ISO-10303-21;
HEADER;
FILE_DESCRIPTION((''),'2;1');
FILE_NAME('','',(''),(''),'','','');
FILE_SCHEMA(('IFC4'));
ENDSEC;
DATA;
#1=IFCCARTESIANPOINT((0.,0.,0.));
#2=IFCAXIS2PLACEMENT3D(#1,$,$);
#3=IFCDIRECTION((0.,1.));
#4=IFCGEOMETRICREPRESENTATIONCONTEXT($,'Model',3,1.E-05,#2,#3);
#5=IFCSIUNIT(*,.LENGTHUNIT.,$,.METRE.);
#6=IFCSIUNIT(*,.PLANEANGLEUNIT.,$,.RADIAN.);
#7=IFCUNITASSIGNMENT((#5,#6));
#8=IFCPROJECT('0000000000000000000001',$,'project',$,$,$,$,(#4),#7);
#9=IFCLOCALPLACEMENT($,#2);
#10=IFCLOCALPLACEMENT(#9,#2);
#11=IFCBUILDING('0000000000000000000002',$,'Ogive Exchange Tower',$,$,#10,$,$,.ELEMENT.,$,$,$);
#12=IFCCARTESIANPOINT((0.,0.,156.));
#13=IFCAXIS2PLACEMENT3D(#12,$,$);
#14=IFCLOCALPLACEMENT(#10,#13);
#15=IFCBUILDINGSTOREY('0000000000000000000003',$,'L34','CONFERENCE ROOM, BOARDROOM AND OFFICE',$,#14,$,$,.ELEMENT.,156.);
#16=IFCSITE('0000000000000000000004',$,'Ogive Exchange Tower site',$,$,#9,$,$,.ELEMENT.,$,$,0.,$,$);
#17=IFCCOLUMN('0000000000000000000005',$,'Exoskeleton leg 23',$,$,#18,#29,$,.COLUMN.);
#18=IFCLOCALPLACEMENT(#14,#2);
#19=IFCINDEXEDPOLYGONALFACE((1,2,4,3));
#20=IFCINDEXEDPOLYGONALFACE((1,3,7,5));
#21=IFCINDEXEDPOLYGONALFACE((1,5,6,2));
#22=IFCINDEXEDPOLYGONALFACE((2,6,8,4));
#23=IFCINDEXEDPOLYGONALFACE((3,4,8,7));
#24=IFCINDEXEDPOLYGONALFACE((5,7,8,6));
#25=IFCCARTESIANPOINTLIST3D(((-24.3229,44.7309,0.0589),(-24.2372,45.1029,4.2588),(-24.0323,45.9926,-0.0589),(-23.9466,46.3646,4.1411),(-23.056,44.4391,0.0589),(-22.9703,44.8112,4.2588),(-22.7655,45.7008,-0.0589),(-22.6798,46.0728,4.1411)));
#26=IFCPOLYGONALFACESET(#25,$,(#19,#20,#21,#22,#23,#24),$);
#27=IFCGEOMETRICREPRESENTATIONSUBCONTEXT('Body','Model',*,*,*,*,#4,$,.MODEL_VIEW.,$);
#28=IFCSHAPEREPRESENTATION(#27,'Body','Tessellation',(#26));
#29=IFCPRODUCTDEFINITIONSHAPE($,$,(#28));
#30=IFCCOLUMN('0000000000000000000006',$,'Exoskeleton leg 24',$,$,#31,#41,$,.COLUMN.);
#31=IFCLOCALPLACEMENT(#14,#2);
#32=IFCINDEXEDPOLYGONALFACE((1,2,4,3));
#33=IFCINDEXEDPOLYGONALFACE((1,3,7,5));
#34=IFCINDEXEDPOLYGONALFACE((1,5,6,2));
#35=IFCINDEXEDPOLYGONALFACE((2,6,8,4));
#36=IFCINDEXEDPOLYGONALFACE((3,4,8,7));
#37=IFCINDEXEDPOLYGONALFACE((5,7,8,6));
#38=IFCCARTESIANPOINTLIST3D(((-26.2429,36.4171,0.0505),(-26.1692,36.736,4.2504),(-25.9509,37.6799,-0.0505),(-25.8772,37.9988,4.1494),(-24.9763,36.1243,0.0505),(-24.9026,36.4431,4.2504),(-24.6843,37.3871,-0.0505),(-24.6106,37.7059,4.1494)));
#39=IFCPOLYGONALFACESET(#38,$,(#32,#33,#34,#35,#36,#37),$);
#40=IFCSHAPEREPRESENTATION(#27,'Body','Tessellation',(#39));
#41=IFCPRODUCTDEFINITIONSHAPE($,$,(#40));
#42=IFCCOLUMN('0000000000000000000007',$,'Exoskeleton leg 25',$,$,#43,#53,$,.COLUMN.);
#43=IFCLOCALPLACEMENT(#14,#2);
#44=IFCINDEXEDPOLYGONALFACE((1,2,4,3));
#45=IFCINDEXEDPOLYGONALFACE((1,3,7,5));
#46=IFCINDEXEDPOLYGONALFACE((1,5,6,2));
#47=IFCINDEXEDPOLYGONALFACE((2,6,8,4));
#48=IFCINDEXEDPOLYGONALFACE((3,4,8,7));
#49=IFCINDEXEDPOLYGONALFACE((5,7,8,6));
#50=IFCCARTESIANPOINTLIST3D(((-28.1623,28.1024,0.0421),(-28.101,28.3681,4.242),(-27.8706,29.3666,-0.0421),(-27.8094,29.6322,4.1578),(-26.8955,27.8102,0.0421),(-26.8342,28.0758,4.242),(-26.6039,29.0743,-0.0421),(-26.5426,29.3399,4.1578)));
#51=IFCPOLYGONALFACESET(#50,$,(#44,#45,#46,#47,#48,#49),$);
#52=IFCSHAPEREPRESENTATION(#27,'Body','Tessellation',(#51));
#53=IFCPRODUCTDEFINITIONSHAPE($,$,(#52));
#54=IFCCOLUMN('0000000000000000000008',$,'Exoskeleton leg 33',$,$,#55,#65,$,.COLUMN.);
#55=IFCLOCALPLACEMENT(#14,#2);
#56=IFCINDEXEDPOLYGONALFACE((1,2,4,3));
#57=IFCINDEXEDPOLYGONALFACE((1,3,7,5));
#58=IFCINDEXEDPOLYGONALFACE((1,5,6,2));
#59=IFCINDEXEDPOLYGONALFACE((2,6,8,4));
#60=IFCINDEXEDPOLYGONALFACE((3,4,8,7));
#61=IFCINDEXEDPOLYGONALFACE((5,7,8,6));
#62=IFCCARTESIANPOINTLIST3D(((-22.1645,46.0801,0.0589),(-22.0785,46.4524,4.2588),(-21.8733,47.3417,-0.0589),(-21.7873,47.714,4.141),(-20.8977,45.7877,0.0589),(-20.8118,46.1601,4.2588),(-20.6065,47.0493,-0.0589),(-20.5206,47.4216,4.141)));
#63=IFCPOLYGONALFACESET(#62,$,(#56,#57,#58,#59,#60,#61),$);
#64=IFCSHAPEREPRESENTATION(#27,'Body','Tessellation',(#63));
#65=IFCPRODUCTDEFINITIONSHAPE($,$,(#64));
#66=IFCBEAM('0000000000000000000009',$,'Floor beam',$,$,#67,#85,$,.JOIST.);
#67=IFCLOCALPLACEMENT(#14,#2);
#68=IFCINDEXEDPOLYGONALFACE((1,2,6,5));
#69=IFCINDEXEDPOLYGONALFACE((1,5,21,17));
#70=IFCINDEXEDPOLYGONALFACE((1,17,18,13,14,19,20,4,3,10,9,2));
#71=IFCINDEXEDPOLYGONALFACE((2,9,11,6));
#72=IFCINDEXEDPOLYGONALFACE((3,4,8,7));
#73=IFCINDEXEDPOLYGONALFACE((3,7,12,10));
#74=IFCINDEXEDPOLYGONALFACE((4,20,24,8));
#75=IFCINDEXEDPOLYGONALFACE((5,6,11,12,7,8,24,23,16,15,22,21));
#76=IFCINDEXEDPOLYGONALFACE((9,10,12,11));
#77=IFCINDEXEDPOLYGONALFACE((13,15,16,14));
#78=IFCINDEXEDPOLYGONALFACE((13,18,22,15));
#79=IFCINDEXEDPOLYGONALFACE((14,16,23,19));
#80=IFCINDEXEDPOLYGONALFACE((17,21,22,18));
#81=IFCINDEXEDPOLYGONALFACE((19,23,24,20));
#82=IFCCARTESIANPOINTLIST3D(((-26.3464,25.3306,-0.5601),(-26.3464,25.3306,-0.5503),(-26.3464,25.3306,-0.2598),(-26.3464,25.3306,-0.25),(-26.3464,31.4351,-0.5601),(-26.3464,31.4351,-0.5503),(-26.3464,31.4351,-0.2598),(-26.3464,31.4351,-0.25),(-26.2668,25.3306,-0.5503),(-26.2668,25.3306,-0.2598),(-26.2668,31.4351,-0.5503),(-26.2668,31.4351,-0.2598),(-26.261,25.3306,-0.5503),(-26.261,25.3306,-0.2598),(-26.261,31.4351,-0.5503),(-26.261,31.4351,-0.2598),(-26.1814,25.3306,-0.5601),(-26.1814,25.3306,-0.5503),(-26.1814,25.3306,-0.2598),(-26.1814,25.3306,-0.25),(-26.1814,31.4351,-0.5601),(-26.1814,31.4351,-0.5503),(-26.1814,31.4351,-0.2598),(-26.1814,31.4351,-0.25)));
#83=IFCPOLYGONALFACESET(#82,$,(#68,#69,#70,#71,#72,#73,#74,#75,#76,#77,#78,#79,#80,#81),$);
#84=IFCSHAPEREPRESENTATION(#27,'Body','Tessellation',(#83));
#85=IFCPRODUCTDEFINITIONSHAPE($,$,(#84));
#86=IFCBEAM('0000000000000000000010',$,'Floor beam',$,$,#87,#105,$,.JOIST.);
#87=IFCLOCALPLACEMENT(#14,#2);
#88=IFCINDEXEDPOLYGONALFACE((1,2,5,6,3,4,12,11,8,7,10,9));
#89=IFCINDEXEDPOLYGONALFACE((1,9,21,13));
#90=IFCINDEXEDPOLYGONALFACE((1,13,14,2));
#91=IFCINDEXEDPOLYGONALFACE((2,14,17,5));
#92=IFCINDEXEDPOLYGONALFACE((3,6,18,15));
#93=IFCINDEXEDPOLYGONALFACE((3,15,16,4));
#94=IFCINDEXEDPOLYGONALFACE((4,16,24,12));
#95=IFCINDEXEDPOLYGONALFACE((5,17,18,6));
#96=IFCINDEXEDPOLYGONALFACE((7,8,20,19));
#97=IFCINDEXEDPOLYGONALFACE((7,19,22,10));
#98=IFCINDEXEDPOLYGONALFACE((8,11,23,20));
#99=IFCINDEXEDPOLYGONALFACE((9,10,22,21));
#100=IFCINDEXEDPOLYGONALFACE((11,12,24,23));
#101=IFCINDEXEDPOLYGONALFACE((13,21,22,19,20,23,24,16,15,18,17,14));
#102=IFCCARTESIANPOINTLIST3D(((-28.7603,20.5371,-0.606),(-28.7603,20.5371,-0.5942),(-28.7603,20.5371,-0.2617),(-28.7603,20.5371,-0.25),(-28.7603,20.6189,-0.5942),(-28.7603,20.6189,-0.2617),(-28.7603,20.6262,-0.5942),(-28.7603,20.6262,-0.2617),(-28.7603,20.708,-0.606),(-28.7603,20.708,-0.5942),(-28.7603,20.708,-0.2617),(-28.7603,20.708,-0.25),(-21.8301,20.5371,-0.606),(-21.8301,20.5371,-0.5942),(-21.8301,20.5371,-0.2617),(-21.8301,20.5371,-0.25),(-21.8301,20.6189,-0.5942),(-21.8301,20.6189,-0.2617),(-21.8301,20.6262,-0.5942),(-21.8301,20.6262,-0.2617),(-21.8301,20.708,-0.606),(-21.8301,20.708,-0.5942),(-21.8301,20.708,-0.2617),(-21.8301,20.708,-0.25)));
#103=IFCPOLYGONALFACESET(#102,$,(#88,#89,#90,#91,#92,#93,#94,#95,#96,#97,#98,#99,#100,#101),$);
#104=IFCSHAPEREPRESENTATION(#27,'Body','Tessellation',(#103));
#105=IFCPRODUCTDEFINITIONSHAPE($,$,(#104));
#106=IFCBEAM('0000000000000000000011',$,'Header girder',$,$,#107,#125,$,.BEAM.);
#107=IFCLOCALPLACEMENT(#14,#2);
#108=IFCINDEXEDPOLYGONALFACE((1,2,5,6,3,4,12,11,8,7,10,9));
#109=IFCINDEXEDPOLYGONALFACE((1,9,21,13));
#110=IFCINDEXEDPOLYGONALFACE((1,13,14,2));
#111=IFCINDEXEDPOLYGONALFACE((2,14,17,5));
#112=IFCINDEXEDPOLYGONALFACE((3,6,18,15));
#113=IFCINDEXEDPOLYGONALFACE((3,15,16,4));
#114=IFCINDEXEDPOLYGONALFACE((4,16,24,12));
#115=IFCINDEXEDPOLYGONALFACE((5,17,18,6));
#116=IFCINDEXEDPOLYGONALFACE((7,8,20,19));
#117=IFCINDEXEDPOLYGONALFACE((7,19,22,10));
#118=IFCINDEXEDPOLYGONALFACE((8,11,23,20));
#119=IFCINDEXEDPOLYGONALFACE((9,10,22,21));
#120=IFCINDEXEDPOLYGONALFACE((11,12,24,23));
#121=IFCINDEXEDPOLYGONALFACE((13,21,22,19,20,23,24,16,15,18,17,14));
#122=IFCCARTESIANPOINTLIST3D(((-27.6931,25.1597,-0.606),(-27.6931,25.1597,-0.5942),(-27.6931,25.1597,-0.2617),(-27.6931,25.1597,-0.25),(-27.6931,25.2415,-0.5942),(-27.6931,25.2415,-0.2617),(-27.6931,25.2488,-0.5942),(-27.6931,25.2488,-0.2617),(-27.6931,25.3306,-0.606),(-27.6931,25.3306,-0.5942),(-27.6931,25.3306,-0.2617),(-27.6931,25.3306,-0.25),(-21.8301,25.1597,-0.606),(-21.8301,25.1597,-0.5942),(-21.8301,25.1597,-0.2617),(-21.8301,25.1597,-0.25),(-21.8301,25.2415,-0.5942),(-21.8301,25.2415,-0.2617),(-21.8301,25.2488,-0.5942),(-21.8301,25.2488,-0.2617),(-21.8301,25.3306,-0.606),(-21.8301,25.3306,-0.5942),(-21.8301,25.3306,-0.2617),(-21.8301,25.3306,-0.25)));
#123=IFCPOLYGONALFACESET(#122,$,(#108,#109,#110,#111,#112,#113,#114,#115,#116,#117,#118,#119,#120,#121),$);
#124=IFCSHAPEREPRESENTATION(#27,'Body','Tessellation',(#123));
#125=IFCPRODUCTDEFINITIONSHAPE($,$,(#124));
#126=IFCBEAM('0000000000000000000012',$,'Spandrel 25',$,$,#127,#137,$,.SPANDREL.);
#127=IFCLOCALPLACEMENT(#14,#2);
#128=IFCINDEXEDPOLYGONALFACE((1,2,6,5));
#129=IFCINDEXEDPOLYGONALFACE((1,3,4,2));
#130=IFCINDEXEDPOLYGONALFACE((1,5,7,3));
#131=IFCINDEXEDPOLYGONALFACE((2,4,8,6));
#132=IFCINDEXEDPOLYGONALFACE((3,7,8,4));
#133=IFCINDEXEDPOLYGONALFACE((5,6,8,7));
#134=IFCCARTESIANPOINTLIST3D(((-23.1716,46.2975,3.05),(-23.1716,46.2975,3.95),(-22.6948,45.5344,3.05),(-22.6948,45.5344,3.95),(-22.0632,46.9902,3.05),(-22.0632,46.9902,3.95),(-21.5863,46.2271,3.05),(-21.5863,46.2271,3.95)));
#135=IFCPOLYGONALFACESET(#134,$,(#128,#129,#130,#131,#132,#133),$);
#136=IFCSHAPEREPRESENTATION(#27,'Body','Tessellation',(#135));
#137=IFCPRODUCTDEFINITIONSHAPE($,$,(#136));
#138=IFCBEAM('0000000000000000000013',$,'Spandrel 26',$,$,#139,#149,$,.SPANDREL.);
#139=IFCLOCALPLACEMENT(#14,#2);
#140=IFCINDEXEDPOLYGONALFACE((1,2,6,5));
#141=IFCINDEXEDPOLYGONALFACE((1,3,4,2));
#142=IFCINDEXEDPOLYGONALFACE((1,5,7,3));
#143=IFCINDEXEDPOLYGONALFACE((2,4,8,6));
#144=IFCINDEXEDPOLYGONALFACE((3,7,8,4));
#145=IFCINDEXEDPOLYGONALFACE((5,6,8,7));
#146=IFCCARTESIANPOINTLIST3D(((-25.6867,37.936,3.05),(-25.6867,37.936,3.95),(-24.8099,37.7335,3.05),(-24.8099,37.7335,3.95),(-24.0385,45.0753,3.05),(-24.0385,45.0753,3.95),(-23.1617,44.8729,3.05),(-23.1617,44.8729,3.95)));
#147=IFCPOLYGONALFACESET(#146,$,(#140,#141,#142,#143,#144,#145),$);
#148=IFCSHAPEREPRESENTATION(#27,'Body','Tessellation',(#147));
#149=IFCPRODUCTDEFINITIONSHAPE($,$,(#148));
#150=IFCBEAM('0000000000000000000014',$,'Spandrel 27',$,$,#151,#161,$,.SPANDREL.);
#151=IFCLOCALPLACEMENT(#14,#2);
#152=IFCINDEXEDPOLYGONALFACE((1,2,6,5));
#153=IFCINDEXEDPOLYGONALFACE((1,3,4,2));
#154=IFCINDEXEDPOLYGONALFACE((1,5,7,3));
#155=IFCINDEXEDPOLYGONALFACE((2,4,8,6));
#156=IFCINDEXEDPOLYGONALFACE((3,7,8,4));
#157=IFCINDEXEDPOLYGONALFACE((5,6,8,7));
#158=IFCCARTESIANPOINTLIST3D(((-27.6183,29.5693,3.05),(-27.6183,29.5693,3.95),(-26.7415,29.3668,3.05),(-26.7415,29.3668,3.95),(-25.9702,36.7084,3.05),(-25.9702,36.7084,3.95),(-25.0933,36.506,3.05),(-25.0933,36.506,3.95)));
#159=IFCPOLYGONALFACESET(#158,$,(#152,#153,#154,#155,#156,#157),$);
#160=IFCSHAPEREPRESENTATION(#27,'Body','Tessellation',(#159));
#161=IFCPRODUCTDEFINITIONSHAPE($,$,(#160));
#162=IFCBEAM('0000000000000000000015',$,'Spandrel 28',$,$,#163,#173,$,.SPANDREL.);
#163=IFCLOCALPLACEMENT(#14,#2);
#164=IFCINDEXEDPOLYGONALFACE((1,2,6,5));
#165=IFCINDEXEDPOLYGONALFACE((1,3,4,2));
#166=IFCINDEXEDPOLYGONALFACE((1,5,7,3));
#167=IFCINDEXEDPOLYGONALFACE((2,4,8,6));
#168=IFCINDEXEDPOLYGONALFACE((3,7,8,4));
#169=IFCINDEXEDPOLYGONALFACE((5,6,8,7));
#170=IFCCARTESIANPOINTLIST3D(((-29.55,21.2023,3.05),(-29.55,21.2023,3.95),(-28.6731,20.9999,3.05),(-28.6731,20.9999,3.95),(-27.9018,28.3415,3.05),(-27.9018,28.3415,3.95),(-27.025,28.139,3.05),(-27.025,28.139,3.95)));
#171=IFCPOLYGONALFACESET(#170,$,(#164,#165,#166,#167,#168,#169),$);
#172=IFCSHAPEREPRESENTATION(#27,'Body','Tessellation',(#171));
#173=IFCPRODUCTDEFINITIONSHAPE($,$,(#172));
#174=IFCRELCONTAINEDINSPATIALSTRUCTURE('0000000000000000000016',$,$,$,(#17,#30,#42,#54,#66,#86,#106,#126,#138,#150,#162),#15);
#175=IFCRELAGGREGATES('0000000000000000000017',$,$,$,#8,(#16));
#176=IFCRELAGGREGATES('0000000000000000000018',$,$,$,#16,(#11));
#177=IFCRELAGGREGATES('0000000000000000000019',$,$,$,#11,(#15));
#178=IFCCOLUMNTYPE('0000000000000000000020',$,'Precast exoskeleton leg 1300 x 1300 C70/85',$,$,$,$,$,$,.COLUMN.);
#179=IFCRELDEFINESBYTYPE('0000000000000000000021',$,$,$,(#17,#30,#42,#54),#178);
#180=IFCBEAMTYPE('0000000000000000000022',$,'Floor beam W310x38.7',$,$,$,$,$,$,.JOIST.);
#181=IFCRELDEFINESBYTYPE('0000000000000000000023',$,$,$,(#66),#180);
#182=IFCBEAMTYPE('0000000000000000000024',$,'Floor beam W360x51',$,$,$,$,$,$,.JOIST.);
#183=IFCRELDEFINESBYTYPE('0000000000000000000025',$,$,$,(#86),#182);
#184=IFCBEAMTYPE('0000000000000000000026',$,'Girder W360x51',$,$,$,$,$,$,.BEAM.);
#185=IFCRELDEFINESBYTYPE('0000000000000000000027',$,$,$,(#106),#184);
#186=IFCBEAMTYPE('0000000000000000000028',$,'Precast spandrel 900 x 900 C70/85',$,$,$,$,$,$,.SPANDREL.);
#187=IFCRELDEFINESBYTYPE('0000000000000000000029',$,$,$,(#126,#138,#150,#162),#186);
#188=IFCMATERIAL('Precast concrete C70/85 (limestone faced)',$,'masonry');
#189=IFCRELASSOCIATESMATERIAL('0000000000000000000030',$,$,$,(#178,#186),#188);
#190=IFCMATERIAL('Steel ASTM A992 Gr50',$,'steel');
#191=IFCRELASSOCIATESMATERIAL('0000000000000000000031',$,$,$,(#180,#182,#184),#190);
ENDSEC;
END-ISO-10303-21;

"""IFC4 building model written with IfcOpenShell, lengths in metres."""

from ifc_helpers import new_model, si_unit, direction, frame, origin, origin_2d, place, context, subcontext, project, spatial, rectangle, i_section, extrude, material, material_profile, profile_set, type_object, element, save


model = new_model("IFC4")

# Units and contexts
model_context = context("Model", 3, precision=1e-05, world=origin(), true_north=direction((0.0, 1.0)))
body_context = subcontext(model_context, "Body", "Model", "MODEL_VIEW")
ifc_project = project(units=[si_unit("LENGTHUNIT", "METRE"), si_unit("PLANEANGLEUNIT", "RADIAN")], contexts=[model_context])

# Site, building, storey
site_placement = place(None, origin())
site = spatial("IfcSite", under=ifc_project, at=site_placement, Name="Ogive Exchange Tower site", CompositionType="ELEMENT", RefElevation=0.0)
building_placement = place(site_placement, origin())
building = spatial("IfcBuilding", under=site, at=building_placement, Name="Ogive Exchange Tower", CompositionType="ELEMENT")
storey_placement = place(building_placement, frame((0.0, 0.0, 156.0)))
storey = spatial("IfcBuildingStorey", under=building, at=storey_placement, Name="L34", Description="CONFERENCE ROOM, BOARDROOM AND OFFICE", CompositionType="ELEMENT", Elevation=156.0)

# Columns
ifc_material_1 = material(Name="Precast concrete C70/85 (limestone faced)", Category="masonry")
ifc_material_profile_1 = material_profile(ifc_material_1, rectangle(XDim=1.3, YDim=1.3, at=origin_2d()), Name="1300 x 1300")
ifc_profile_set_1 = profile_set([ifc_material_profile_1], Name="Precast concrete C70/85 (limestone faced)")
column_type = type_object("IfcColumnType", Name="Precast exoskeleton leg 1300 x 1300 C70/85", PredefinedType="COLUMN", material=ifc_profile_set_1)
column_1_placement = place(storey_placement, frame((-23.5442, 45.2158, 0.0), z_axis=(0.02032, 0.088225, 0.995893), x_axis=(-0.974488, 0.224439, 0.0)))
element("IfcColumn", 1, at=column_1_placement, inside=storey, type_object=column_type, Name="Exoskeleton leg 23", PredefinedType="COLUMN", context=body_context, shape_type="SweptSolid", body=[
    extrude(rectangle(XDim=1.3, YDim=1.3, at=origin_2d()), origin(), (0.0, 0.0, 1.0), 4.2173),
])
column_2_placement = place(storey_placement, frame((-25.4636, 36.9021, 0.0), z_axis=(0.017502, 0.075688, 0.996978), x_axis=(-0.974291, 0.225295, 0.0)))
element("IfcColumn", 2, at=column_2_placement, inside=storey, type_object=column_type, Name="Exoskeleton leg 24", PredefinedType="COLUMN", context=body_context, shape_type="SweptSolid", body=[
    extrude(rectangle(XDim=1.3, YDim=1.3, at=origin_2d()), origin(), (0.0, 0.0, 1.0), 4.2126),
])
column_3_placement = place(storey_placement, frame((-27.3831, 28.5884, 0.0), z_axis=(0.01456, 0.063112, 0.9979), x_axis=(-0.974406, 0.224794, 0.0)))
element("IfcColumn", 3, at=column_3_placement, inside=storey, type_object=column_type, Name="Exoskeleton leg 25", PredefinedType="COLUMN", context=body_context, shape_type="SweptSolid", body=[
    extrude(rectangle(XDim=1.3, YDim=1.3, at=origin_2d()), origin(), (0.0, 0.0, 1.0), 4.2087),
])
column_4_placement = place(storey_placement, frame((-21.3855, 46.5647, 0.0), z_axis=(0.020377, 0.088283, 0.995887), x_axis=(-0.97438, 0.224906, 0.0)))
element("IfcColumn", 4, at=column_4_placement, inside=storey, type_object=column_type, Name="Exoskeleton leg 33", PredefinedType="COLUMN", context=body_context, shape_type="SweptSolid", body=[
    extrude(rectangle(XDim=1.3, YDim=1.3, at=origin_2d()), origin(), (0.0, 0.0, 1.0), 4.2173),
])

# Beams
ifc_material_2 = material(Name="Steel ASTM A992 Gr50", Category="steel")
ifc_material_profile_2 = material_profile(ifc_material_2, i_section(OverallWidth=0.165, OverallDepth=0.3101, WebThickness=0.0059, FlangeThickness=0.0098, at=origin_2d()), Name="W310x38.7")
ifc_profile_set_2 = profile_set([ifc_material_profile_2], Name="Steel ASTM A992 Gr50")
beam_type_1 = type_object("IfcBeamType", Name="Floor beam W310x38.7", PredefinedType="JOIST", material=ifc_profile_set_2)
beam_1_placement = place(storey_placement, frame((-26.2639, 25.3306, -0.405), z_axis=(0.0, 1.0, 0.0), x_axis=(-1.0, 0.0, 0.0)))
element("IfcBeam", 5, at=beam_1_placement, inside=storey, type_object=beam_type_1, Name="Floor beam", PredefinedType="JOIST", context=body_context, shape_type="SweptSolid", body=[
    extrude(i_section(OverallWidth=0.165, OverallDepth=0.3101, WebThickness=0.0059, FlangeThickness=0.0098, at=origin_2d()), origin(), (0.0, 0.0, 1.0), 6.1045),
])
ifc_material_profile_3 = material_profile(ifc_material_2, i_section(OverallWidth=0.1709, OverallDepth=0.356, WebThickness=0.0073, FlangeThickness=0.0117, at=origin_2d()), Name="W360x51")
ifc_profile_set_3 = profile_set([ifc_material_profile_3], Name="Steel ASTM A992 Gr50")
beam_type_2 = type_object("IfcBeamType", Name="Floor beam W360x51", PredefinedType="JOIST", material=ifc_profile_set_3)
beam_2_placement = place(storey_placement, frame((-28.7603, 20.6226, -0.428), z_axis=(1.0, 0.0, 0.0), x_axis=(0.0, 1.0, 0.0)))
element("IfcBeam", 6, at=beam_2_placement, inside=storey, type_object=beam_type_2, Name="Floor beam", PredefinedType="JOIST", context=body_context, shape_type="SweptSolid", body=[
    extrude(i_section(OverallWidth=0.1709, OverallDepth=0.356, WebThickness=0.0073, FlangeThickness=0.0117, at=origin_2d()), origin(), (0.0, 0.0, 1.0), 6.9302),
])
ifc_material_profile_4 = material_profile(ifc_material_2, i_section(OverallWidth=0.1709, OverallDepth=0.356, WebThickness=0.0073, FlangeThickness=0.0117, at=origin_2d()), Name="W360x51")
ifc_profile_set_4 = profile_set([ifc_material_profile_4], Name="Steel ASTM A992 Gr50")
beam_type_3 = type_object("IfcBeamType", Name="Girder W360x51", PredefinedType="BEAM", material=ifc_profile_set_4)
beam_3_placement = place(storey_placement, frame((-27.6931, 25.2451, -0.428), z_axis=(1.0, 0.0, 0.0), x_axis=(0.0, 1.0, 0.0)))
element("IfcBeam", 7, at=beam_3_placement, inside=storey, type_object=beam_type_3, Name="Header girder", PredefinedType="BEAM", context=body_context, shape_type="SweptSolid", body=[
    extrude(i_section(OverallWidth=0.1709, OverallDepth=0.356, WebThickness=0.0073, FlangeThickness=0.0117, at=origin_2d()), origin(), (0.0, 0.0, 1.0), 5.863),
])
ifc_material_profile_5 = material_profile(ifc_material_1, rectangle(XDim=0.8999, YDim=0.8999, at=origin_2d()), Name="900 x 900")
ifc_profile_set_5 = profile_set([ifc_material_profile_5], Name="Precast concrete C70/85 (limestone faced)")
beam_type_4 = type_object("IfcBeamType", Name="Precast spandrel 900 x 900 C70/85", PredefinedType="SPANDREL", material=ifc_profile_set_5)
beam_4_placement = place(storey_placement, frame((-21.8247, 46.6086, 3.5), z_axis=(-0.84804, -0.529932, 0.0), x_axis=(0.529932, -0.84804, 0.0)))
element("IfcBeam", 8, at=beam_4_placement, inside=storey, type_object=beam_type_4, Name="Spandrel 25", PredefinedType="SPANDREL", context=body_context, shape_type="SweptSolid", body=[
    extrude(rectangle(XDim=0.8999, YDim=0.8999, at=origin_2d()), origin(), (0.0, 0.0, 1.0), 1.3071),
])
beam_5_placement = place(storey_placement, frame((-23.6001, 44.9741, 3.5), z_axis=(-0.224942, -0.974372, 0.0), x_axis=(0.974372, -0.224942, 0.0)))
element("IfcBeam", 9, at=beam_5_placement, inside=storey, type_object=beam_type_4, Name="Spandrel 26", PredefinedType="SPANDREL", context=body_context, shape_type="SweptSolid", body=[
    extrude(rectangle(XDim=0.8999, YDim=0.8999, at=origin_2d()), origin(), (0.0, 0.0, 1.0), 7.3271),
])
for number, where, z_axis, x_axis, name in (
    (10, (-25.5317, 36.6072, 3.5), (-0.22495, -0.97437, 0.0), (0.97437, -0.22495, 0.0), "Spandrel 27"),
    (11, (-27.4634, 28.2402, 3.5), (-0.22495, -0.97437, 0.0), (0.97437, -0.22495, 0.0), "Spandrel 28"),
):
    element("IfcBeam", number, at=place(storey_placement, frame(where, z_axis=z_axis, x_axis=x_axis)), inside=storey, type_object=beam_type_4, Name=name, PredefinedType="SPANDREL", context=body_context, shape_type="SweptSolid", body=[
        extrude(rectangle(XDim=0.8999, YDim=0.8999, at=origin_2d()), origin(), (0.0, 0.0, 1.0), 7.3269),
    ])

save(model, "model.ifc")
